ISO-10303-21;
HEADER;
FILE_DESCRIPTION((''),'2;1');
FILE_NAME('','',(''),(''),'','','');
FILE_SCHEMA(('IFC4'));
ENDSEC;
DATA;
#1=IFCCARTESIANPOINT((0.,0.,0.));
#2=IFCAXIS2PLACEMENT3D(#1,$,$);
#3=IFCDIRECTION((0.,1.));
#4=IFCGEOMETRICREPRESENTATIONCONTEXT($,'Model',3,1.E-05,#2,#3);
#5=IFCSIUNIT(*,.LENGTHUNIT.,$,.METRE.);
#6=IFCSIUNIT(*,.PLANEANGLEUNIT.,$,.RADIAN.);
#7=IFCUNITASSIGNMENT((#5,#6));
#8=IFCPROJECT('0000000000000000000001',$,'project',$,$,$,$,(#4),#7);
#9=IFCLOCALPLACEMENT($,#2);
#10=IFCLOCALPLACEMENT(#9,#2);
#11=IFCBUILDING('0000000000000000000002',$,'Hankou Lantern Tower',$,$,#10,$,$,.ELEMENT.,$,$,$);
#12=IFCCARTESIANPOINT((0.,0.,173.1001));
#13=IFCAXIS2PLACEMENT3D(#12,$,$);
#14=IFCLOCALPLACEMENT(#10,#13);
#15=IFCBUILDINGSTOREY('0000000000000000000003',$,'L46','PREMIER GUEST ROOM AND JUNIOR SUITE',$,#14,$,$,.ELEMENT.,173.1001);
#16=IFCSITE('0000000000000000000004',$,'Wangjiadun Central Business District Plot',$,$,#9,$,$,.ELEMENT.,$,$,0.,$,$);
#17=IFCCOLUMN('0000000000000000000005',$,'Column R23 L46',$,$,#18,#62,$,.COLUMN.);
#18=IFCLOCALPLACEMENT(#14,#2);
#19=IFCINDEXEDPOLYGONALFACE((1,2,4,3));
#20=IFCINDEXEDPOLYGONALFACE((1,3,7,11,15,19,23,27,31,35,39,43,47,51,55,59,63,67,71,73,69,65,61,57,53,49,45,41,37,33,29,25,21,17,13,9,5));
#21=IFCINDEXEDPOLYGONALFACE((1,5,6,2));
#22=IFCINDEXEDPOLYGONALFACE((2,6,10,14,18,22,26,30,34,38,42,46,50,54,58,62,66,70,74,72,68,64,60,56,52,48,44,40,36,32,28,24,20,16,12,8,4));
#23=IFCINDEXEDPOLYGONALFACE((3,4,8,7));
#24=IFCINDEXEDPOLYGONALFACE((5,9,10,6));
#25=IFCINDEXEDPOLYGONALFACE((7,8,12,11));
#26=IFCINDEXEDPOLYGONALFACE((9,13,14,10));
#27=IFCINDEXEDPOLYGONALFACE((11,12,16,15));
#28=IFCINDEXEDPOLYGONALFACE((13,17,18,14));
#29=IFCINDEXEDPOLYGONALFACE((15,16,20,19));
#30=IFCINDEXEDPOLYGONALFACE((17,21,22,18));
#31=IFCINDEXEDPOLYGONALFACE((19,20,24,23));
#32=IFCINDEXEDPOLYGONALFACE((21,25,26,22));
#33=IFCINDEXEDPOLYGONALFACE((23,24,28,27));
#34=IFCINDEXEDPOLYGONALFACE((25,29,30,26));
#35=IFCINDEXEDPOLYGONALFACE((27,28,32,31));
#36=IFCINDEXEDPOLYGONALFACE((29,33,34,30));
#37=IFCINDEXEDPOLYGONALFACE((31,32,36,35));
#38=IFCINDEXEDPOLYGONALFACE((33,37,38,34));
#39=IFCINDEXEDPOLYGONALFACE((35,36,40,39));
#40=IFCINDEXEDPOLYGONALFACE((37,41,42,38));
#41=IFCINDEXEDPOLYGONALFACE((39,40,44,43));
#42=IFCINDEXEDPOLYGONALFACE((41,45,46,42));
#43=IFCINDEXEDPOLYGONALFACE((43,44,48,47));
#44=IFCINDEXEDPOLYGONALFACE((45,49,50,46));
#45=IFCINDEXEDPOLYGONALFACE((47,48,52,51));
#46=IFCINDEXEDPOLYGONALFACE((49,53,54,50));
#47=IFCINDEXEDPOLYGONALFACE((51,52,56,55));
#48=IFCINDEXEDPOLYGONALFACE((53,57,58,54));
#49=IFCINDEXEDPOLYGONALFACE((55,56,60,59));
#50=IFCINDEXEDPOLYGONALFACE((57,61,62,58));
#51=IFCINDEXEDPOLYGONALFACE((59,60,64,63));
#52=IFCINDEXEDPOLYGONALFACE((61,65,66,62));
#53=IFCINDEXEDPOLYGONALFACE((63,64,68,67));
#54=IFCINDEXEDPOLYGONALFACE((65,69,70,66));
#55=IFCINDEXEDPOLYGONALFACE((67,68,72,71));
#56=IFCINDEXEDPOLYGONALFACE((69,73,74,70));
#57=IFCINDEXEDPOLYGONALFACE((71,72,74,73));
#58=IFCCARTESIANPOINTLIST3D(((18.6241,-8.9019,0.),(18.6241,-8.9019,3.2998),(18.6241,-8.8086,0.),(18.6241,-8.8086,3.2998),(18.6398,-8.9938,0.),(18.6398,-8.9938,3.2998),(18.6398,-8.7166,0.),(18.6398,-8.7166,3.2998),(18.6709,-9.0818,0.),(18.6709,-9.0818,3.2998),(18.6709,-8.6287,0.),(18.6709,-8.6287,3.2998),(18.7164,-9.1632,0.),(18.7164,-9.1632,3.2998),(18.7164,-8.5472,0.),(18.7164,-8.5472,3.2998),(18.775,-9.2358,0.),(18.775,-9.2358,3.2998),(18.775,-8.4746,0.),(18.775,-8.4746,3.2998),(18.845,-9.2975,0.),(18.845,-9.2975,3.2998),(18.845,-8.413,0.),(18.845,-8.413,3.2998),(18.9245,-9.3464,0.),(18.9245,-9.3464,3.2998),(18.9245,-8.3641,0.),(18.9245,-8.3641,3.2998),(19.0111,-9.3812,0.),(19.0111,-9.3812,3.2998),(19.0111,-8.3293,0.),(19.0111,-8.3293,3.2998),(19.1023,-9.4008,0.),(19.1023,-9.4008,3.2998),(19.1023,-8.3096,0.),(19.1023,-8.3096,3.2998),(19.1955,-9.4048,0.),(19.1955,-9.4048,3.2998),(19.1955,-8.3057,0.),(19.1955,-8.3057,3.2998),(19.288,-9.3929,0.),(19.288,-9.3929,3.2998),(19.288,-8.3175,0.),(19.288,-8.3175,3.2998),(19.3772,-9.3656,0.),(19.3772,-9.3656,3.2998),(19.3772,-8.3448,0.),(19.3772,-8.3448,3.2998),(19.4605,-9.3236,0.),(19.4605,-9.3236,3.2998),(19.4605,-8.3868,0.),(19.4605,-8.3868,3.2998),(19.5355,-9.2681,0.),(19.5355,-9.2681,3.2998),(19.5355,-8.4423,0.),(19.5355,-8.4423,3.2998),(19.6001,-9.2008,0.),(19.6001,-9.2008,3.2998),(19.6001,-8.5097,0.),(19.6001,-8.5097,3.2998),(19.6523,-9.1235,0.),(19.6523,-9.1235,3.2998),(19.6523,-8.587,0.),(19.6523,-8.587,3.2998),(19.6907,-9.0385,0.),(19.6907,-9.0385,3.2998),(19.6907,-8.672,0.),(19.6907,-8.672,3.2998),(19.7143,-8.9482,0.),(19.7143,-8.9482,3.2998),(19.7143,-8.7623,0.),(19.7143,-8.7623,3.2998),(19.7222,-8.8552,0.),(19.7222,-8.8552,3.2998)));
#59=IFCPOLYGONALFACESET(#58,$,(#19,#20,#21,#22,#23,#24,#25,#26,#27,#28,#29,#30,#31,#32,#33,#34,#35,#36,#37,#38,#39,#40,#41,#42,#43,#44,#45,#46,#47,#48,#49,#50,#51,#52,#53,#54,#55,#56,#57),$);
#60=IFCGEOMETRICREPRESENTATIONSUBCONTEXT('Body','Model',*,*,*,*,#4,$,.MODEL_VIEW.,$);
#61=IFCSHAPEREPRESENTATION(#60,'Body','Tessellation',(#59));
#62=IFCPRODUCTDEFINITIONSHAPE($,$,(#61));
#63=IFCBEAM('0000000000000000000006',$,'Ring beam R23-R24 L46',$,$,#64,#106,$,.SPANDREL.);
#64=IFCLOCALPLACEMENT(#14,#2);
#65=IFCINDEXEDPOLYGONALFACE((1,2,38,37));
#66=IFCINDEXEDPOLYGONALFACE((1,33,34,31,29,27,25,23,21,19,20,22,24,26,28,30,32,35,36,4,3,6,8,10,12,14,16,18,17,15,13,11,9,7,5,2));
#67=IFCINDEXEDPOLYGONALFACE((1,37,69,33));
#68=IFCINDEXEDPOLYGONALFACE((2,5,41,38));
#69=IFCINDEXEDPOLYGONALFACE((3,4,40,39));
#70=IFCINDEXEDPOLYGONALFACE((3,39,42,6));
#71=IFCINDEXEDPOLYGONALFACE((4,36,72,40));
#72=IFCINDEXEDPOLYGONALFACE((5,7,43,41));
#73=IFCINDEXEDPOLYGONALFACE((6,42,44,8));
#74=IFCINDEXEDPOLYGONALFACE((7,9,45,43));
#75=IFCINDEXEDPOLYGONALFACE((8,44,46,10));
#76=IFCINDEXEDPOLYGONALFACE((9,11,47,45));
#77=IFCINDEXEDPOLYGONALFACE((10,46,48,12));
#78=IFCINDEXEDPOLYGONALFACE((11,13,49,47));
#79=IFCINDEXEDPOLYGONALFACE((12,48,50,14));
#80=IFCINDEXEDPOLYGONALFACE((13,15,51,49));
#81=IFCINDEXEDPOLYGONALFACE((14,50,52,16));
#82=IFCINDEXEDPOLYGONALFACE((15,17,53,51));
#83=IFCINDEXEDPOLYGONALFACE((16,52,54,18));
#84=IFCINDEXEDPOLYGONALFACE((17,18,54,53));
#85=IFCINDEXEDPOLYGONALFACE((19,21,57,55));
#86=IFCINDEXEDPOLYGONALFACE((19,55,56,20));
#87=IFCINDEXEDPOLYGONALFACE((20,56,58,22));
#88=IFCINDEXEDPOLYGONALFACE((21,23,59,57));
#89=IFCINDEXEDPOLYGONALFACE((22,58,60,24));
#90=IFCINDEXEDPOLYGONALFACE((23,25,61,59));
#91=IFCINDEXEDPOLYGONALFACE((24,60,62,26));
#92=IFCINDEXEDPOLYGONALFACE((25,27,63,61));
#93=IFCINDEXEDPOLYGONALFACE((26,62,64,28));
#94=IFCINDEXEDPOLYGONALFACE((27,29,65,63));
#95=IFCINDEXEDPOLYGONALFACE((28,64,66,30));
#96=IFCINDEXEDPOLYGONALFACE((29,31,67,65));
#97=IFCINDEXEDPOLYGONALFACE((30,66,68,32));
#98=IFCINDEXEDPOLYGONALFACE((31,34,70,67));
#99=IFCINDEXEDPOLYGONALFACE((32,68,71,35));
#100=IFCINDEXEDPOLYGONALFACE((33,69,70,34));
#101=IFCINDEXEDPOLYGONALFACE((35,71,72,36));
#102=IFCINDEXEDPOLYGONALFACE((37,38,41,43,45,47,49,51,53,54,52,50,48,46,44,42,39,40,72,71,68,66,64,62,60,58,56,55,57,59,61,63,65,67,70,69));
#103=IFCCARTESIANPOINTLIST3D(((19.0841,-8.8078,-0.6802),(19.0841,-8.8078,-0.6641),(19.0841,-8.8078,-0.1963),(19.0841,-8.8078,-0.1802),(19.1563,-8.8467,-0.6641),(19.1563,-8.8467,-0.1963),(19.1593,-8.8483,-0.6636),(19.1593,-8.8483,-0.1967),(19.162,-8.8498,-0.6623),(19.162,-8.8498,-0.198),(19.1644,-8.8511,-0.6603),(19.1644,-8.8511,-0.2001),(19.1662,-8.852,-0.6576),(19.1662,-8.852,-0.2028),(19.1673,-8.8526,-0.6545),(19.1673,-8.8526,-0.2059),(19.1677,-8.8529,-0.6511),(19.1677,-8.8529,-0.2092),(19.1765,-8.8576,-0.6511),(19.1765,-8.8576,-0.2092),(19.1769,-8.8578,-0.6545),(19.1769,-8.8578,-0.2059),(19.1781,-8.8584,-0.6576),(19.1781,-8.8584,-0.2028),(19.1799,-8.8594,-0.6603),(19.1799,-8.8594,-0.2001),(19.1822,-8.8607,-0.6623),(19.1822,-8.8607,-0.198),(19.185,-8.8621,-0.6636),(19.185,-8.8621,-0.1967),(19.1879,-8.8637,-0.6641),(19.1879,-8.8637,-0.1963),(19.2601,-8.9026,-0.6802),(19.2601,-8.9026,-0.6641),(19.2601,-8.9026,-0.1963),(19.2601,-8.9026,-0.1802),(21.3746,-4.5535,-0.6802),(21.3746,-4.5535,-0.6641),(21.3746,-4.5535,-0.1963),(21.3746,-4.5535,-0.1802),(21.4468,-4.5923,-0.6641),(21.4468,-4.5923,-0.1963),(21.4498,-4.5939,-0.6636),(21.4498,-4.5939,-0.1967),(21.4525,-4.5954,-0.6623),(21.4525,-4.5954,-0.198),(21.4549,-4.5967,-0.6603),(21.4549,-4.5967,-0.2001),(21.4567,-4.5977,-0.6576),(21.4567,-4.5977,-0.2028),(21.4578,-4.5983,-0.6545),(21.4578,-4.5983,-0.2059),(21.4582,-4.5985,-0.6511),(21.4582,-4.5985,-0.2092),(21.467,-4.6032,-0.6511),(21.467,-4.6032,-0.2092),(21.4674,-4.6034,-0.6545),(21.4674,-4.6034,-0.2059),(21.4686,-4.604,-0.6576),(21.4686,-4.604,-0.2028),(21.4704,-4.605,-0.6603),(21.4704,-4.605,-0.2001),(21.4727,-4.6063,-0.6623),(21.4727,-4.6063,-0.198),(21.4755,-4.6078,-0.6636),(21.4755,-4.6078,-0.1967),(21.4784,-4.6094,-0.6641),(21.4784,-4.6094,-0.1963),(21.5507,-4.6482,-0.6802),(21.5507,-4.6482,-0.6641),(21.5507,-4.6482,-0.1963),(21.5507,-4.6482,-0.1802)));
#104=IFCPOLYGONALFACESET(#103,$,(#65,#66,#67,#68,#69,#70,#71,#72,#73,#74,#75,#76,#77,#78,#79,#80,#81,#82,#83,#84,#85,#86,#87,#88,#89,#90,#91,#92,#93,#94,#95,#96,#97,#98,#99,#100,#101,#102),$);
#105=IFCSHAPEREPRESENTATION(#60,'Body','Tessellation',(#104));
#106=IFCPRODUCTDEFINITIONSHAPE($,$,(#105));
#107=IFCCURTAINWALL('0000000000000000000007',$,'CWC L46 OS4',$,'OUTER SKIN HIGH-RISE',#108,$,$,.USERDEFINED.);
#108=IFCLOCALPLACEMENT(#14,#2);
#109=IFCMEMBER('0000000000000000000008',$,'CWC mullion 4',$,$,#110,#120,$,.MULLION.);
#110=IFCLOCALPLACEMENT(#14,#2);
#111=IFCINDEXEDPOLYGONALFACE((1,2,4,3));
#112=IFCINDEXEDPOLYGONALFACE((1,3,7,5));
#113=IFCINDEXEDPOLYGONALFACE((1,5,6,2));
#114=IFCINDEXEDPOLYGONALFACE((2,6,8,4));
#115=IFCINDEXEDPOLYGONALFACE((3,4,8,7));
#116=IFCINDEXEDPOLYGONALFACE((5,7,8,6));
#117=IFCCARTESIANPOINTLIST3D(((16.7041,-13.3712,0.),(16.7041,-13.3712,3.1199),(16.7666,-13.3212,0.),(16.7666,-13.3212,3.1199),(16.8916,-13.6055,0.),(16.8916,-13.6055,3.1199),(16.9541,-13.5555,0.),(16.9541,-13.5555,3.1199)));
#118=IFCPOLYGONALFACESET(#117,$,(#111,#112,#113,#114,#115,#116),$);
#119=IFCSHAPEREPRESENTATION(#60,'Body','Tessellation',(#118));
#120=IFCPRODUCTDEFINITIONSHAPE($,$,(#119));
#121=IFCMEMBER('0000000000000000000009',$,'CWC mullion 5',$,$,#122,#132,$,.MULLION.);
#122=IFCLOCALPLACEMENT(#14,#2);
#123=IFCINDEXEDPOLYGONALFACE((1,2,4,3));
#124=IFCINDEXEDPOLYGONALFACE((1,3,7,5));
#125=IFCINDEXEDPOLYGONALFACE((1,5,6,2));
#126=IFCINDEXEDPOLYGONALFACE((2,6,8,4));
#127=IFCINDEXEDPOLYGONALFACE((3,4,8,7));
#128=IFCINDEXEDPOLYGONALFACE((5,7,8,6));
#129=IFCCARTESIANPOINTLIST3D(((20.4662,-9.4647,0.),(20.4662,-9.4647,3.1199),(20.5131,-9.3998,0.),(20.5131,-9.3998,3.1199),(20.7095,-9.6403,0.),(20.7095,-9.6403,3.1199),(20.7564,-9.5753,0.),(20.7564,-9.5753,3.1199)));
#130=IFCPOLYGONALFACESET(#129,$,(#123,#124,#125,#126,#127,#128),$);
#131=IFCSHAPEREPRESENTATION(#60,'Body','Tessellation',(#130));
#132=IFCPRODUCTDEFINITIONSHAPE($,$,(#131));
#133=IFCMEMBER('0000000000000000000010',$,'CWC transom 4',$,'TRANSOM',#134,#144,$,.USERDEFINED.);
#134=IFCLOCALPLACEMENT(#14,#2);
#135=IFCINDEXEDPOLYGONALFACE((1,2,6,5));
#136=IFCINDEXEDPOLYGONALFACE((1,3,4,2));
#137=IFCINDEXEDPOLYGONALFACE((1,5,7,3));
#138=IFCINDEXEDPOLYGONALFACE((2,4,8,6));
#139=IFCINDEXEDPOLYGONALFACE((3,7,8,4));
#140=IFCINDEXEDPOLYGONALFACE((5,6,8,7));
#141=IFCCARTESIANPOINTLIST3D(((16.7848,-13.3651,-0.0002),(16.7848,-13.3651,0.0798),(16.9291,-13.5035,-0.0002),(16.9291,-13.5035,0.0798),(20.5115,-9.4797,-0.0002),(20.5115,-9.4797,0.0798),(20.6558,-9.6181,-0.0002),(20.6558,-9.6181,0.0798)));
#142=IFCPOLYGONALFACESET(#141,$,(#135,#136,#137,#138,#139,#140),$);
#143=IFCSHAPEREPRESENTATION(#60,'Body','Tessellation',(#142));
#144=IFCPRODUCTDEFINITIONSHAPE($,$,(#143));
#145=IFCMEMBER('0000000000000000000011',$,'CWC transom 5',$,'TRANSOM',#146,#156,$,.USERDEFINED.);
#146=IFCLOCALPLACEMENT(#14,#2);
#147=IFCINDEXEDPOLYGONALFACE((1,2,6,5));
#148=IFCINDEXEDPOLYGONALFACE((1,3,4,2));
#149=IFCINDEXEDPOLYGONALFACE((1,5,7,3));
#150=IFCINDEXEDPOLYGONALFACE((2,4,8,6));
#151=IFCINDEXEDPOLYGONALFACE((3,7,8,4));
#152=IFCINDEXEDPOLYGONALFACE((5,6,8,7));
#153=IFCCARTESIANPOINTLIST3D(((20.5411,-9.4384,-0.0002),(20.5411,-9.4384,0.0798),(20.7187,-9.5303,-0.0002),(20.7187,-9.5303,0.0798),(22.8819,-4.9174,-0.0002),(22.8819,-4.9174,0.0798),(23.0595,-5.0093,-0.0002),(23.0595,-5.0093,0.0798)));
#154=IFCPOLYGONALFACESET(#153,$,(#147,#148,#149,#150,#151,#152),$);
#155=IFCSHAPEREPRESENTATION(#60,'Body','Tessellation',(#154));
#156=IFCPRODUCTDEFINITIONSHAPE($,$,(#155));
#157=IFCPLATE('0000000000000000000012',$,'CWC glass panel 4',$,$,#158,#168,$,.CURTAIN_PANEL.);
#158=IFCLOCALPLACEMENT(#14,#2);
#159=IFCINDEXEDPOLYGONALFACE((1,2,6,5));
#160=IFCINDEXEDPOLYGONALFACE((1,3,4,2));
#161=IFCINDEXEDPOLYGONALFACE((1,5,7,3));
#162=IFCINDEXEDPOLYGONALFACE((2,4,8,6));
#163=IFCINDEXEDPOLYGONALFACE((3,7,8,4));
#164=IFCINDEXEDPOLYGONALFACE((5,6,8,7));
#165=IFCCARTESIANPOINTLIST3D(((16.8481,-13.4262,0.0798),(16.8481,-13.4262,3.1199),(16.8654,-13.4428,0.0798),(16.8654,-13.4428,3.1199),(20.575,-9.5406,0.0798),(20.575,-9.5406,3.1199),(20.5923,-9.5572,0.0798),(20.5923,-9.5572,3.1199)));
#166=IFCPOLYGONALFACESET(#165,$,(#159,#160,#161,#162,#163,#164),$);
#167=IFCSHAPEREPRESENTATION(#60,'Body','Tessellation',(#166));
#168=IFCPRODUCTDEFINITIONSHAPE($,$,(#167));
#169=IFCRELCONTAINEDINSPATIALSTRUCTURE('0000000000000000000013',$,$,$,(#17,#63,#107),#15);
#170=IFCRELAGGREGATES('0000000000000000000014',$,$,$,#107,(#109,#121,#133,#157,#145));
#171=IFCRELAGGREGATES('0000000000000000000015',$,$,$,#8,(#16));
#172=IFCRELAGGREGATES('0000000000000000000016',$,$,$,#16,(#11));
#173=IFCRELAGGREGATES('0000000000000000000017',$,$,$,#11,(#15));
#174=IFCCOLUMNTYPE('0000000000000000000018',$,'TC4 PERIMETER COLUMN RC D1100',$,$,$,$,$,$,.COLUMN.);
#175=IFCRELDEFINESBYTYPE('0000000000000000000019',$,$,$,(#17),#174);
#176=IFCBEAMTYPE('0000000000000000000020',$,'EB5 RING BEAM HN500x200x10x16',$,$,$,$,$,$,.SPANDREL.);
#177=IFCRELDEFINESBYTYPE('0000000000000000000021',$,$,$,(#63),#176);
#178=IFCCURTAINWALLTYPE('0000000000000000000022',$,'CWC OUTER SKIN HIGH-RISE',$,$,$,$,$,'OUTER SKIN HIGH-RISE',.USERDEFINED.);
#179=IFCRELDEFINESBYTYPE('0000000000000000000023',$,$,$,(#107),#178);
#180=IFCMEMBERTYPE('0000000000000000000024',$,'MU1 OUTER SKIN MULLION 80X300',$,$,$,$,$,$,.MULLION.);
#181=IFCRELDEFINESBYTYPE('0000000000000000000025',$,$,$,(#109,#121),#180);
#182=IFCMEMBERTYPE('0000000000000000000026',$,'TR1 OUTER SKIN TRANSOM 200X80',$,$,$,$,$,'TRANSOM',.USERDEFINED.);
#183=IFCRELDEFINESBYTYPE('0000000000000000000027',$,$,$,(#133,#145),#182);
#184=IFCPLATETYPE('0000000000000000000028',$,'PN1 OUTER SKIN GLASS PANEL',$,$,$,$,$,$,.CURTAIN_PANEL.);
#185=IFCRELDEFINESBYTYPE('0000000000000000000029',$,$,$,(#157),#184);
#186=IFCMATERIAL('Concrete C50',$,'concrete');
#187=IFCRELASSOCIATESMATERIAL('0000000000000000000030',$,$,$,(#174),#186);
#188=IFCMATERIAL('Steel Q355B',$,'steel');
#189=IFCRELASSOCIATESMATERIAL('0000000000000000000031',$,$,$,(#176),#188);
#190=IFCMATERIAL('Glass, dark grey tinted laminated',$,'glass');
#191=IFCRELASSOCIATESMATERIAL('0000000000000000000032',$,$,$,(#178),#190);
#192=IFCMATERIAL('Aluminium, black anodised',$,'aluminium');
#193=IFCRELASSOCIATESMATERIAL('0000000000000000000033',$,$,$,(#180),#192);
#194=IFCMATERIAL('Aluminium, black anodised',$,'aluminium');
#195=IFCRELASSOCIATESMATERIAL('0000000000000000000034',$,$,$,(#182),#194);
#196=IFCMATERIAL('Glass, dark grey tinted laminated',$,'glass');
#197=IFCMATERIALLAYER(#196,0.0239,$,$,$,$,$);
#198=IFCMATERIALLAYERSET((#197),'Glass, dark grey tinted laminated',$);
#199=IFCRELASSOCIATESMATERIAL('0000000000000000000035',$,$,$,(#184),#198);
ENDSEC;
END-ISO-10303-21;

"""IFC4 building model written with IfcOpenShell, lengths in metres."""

from ifc_helpers import new_model, si_unit, direction, frame, origin, origin_2d, place, context, subcontext, project, spatial, rectangle, circle, i_section, extrude, material, layer, layer_set, material_profile, profile_set, type_object, element, aggregate, save


model = new_model("IFC4")

# Units and contexts
model_context = context("Model", 3, precision=1e-05, world=origin(), true_north=direction((0.0, 1.0)))
body_context = subcontext(model_context, "Body", "Model", "MODEL_VIEW")
ifc_project = project(units=[si_unit("LENGTHUNIT", "METRE"), si_unit("PLANEANGLEUNIT", "RADIAN")], contexts=[model_context])

# Site, building, storey
site_placement = place(None, origin())
site = spatial("IfcSite", under=ifc_project, at=site_placement, Name="Wangjiadun Central Business District Plot", CompositionType="ELEMENT", RefElevation=0.0)
building_placement = place(site_placement, origin())
building = spatial("IfcBuilding", under=site, at=building_placement, Name="Hankou Lantern Tower", CompositionType="ELEMENT")
storey_placement = place(building_placement, frame((0.0, 0.0, 173.1001)))
storey = spatial("IfcBuildingStorey", under=building, at=storey_placement, Name="L46", Description="PREMIER GUEST ROOM AND JUNIOR SUITE", CompositionType="ELEMENT", Elevation=173.1001)

# Column
ifc_material_1 = material(Name="Concrete C50", Category="concrete")
ifc_material_profile_1 = material_profile(ifc_material_1, circle(Radius=0.55, at=origin_2d()), Name="RC D1100")
ifc_profile_set_1 = profile_set([ifc_material_profile_1], Name="Concrete C50")
column_type = type_object("IfcColumnType", Name="TC4 PERIMETER COLUMN RC D1100", PredefinedType="COLUMN", material=ifc_profile_set_1)
column_placement = place(storey_placement, frame((19.1721, -8.8552, 0.0), z_axis=(0.0, 0.0, 1.0), x_axis=(1.0, 0.0, 0.0)))
element("IfcColumn", 1, at=column_placement, inside=storey, type_object=column_type, Name="Column R23 L46", PredefinedType="COLUMN", context=body_context, shape_type="SweptSolid", body=[
    extrude(circle(Radius=0.55, at=origin_2d()), origin(), (0.0, 0.0, 1.0), 3.2998),
])

# Beam
ifc_material_2 = material(Name="Steel Q355B", Category="steel")
ifc_material_profile_2 = material_profile(ifc_material_2, i_section(OverallWidth=0.2, OverallDepth=0.5, WebThickness=0.01, FlangeThickness=0.0161, FilletRadius=0.0129, at=origin_2d()), Name="HN500x200x10x16")
ifc_profile_set_2 = profile_set([ifc_material_profile_2], Name="Steel Q355B")
beam_type = type_object("IfcBeamType", Name="EB5 RING BEAM HN500x200x10x16", PredefinedType="SPANDREL", material=ifc_profile_set_2)
beam_placement = place(storey_placement, frame((19.1721, -8.8552, -0.4302), z_axis=(0.474052, 0.880497, 0.0), x_axis=(-0.880497, 0.474052, 0.0)))
element("IfcBeam", 2, at=beam_placement, inside=storey, type_object=beam_type, Name="Ring beam R23-R24 L46", PredefinedType="SPANDREL", context=body_context, shape_type="SweptSolid", body=[
    extrude(i_section(OverallWidth=0.2, OverallDepth=0.5, WebThickness=0.01, FlangeThickness=0.0161, FilletRadius=0.0129, at=origin_2d()), origin(), (0.0, 0.0, 1.0), 4.8318),
])

# Curtain wall, members, plate
ifc_material_3 = material(Name="Glass, dark grey tinted laminated", Category="glass")
curtain_wall_type = type_object("IfcCurtainWallType", Name="CWC OUTER SKIN HIGH-RISE", ElementType="OUTER SKIN HIGH-RISE", PredefinedType="USERDEFINED", material=ifc_material_3)
curtain_wall_placement = place(storey_placement, origin())
curtain_wall = element("IfcCurtainWall", 3, at=curtain_wall_placement, inside=storey, type_object=curtain_wall_type, Name="CWC L46 OS4", ObjectType="OUTER SKIN HIGH-RISE", PredefinedType="USERDEFINED")
ifc_material_4 = material(Name="Aluminium, black anodised", Category="aluminium")
ifc_material_profile_3 = material_profile(ifc_material_4, rectangle(XDim=0.0801, YDim=0.3, at=origin_2d()), Name="MU1 80X300")
ifc_profile_set_3 = profile_set([ifc_material_profile_3], Name="Aluminium, black anodised")
member_type_1 = type_object("IfcMemberType", Name="MU1 OUTER SKIN MULLION 80X300", PredefinedType="MULLION", material=ifc_profile_set_3)
member_1_placement = place(storey_placement, frame((16.8291, -13.4634, 0.0), z_axis=(0.0, 0.0, 1.0), x_axis=(0.780869, 0.624695, 0.0)))
member_1 = element("IfcMember", 4, at=member_1_placement, type_object=member_type_1, Name="CWC mullion 4", PredefinedType="MULLION", context=body_context, shape_type="SweptSolid", body=[
    extrude(rectangle(XDim=0.0801, YDim=0.3, at=origin_2d()), origin(), (0.0, 0.0, 1.0), 3.1199),
])
member_2_placement = place(storey_placement, frame((20.6113, -9.52, 0.0), z_axis=(0.0, 0.0, 1.0), x_axis=(0.585206, 0.810885, 0.0)))
member_2 = element("IfcMember", 5, at=member_2_placement, type_object=member_type_1, Name="CWC mullion 5", PredefinedType="MULLION", context=body_context, shape_type="SweptSolid", body=[
    extrude(rectangle(XDim=0.0801, YDim=0.3, at=origin_2d()), origin(), (0.0, 0.0, 1.0), 3.1199),
])
ifc_material_5 = material(Name="Aluminium, black anodised", Category="aluminium")
ifc_material_profile_4 = material_profile(ifc_material_5, rectangle(XDim=0.2, YDim=0.0801, at=origin_2d()), Name="TR1 200X80")
ifc_profile_set_4 = profile_set([ifc_material_profile_4], Name="Aluminium, black anodised")
member_type_2 = type_object("IfcMemberType", Name="TR1 OUTER SKIN TRANSOM 200X80", ElementType="TRANSOM", PredefinedType="USERDEFINED", material=ifc_profile_set_4)
member_3_placement = place(storey_placement, frame((16.8569, -13.4343, 0.0398), z_axis=(0.692216, 0.721691, 0.0), x_axis=(-0.721691, 0.692216, 0.0)))
member_3 = element("IfcMember", 6, at=member_3_placement, type_object=member_type_2, Name="CWC transom 4", ObjectType="TRANSOM", PredefinedType="USERDEFINED", context=body_context, shape_type="SweptSolid", body=[
    extrude(rectangle(XDim=0.2, YDim=0.0801, at=origin_2d()), origin(), (0.0, 0.0, 1.0), 5.3838),
])
member_4_placement = place(storey_placement, frame((20.6299, -9.4844, 0.0398), z_axis=(0.459791, 0.888027, 0.0), x_axis=(-0.888027, 0.459791, 0.0)))
member_4 = element("IfcMember", 7, at=member_4_placement, type_object=member_type_2, Name="CWC transom 5", ObjectType="TRANSOM", PredefinedType="USERDEFINED", context=body_context, shape_type="SweptSolid", body=[
    extrude(rectangle(XDim=0.2, YDim=0.0801, at=origin_2d()), origin(), (0.0, 0.0, 1.0), 5.0911),
])
ifc_material_6 = material(Name="Glass, dark grey tinted laminated", Category="glass")
ifc_layer_1 = layer(ifc_material_6, 0.0239)
ifc_layer_set_1 = layer_set([ifc_layer_1], Name="Glass, dark grey tinted laminated")
plate_type = type_object("IfcPlateType", Name="PN1 OUTER SKIN GLASS PANEL", PredefinedType="CURTAIN_PANEL", material=ifc_layer_set_1)
plate_placement = place(storey_placement, frame((18.7202, -11.4917, 0.0798), z_axis=(0.0, 0.0, 1.0), x_axis=(0.692216, 0.721691, 0.0)))
plate = element("IfcPlate", 8, at=plate_placement, type_object=plate_type, Name="CWC glass panel 4", PredefinedType="CURTAIN_PANEL", context=body_context, shape_type="SweptSolid", body=[
    extrude(rectangle(XDim=5.384, YDim=0.0239, at=origin_2d()), origin(), (0.0, 0.0, 1.0), 3.04),
])
aggregate(curtain_wall, [member_1, member_2, member_3, plate, member_4])

save(model, "model.ifc")
